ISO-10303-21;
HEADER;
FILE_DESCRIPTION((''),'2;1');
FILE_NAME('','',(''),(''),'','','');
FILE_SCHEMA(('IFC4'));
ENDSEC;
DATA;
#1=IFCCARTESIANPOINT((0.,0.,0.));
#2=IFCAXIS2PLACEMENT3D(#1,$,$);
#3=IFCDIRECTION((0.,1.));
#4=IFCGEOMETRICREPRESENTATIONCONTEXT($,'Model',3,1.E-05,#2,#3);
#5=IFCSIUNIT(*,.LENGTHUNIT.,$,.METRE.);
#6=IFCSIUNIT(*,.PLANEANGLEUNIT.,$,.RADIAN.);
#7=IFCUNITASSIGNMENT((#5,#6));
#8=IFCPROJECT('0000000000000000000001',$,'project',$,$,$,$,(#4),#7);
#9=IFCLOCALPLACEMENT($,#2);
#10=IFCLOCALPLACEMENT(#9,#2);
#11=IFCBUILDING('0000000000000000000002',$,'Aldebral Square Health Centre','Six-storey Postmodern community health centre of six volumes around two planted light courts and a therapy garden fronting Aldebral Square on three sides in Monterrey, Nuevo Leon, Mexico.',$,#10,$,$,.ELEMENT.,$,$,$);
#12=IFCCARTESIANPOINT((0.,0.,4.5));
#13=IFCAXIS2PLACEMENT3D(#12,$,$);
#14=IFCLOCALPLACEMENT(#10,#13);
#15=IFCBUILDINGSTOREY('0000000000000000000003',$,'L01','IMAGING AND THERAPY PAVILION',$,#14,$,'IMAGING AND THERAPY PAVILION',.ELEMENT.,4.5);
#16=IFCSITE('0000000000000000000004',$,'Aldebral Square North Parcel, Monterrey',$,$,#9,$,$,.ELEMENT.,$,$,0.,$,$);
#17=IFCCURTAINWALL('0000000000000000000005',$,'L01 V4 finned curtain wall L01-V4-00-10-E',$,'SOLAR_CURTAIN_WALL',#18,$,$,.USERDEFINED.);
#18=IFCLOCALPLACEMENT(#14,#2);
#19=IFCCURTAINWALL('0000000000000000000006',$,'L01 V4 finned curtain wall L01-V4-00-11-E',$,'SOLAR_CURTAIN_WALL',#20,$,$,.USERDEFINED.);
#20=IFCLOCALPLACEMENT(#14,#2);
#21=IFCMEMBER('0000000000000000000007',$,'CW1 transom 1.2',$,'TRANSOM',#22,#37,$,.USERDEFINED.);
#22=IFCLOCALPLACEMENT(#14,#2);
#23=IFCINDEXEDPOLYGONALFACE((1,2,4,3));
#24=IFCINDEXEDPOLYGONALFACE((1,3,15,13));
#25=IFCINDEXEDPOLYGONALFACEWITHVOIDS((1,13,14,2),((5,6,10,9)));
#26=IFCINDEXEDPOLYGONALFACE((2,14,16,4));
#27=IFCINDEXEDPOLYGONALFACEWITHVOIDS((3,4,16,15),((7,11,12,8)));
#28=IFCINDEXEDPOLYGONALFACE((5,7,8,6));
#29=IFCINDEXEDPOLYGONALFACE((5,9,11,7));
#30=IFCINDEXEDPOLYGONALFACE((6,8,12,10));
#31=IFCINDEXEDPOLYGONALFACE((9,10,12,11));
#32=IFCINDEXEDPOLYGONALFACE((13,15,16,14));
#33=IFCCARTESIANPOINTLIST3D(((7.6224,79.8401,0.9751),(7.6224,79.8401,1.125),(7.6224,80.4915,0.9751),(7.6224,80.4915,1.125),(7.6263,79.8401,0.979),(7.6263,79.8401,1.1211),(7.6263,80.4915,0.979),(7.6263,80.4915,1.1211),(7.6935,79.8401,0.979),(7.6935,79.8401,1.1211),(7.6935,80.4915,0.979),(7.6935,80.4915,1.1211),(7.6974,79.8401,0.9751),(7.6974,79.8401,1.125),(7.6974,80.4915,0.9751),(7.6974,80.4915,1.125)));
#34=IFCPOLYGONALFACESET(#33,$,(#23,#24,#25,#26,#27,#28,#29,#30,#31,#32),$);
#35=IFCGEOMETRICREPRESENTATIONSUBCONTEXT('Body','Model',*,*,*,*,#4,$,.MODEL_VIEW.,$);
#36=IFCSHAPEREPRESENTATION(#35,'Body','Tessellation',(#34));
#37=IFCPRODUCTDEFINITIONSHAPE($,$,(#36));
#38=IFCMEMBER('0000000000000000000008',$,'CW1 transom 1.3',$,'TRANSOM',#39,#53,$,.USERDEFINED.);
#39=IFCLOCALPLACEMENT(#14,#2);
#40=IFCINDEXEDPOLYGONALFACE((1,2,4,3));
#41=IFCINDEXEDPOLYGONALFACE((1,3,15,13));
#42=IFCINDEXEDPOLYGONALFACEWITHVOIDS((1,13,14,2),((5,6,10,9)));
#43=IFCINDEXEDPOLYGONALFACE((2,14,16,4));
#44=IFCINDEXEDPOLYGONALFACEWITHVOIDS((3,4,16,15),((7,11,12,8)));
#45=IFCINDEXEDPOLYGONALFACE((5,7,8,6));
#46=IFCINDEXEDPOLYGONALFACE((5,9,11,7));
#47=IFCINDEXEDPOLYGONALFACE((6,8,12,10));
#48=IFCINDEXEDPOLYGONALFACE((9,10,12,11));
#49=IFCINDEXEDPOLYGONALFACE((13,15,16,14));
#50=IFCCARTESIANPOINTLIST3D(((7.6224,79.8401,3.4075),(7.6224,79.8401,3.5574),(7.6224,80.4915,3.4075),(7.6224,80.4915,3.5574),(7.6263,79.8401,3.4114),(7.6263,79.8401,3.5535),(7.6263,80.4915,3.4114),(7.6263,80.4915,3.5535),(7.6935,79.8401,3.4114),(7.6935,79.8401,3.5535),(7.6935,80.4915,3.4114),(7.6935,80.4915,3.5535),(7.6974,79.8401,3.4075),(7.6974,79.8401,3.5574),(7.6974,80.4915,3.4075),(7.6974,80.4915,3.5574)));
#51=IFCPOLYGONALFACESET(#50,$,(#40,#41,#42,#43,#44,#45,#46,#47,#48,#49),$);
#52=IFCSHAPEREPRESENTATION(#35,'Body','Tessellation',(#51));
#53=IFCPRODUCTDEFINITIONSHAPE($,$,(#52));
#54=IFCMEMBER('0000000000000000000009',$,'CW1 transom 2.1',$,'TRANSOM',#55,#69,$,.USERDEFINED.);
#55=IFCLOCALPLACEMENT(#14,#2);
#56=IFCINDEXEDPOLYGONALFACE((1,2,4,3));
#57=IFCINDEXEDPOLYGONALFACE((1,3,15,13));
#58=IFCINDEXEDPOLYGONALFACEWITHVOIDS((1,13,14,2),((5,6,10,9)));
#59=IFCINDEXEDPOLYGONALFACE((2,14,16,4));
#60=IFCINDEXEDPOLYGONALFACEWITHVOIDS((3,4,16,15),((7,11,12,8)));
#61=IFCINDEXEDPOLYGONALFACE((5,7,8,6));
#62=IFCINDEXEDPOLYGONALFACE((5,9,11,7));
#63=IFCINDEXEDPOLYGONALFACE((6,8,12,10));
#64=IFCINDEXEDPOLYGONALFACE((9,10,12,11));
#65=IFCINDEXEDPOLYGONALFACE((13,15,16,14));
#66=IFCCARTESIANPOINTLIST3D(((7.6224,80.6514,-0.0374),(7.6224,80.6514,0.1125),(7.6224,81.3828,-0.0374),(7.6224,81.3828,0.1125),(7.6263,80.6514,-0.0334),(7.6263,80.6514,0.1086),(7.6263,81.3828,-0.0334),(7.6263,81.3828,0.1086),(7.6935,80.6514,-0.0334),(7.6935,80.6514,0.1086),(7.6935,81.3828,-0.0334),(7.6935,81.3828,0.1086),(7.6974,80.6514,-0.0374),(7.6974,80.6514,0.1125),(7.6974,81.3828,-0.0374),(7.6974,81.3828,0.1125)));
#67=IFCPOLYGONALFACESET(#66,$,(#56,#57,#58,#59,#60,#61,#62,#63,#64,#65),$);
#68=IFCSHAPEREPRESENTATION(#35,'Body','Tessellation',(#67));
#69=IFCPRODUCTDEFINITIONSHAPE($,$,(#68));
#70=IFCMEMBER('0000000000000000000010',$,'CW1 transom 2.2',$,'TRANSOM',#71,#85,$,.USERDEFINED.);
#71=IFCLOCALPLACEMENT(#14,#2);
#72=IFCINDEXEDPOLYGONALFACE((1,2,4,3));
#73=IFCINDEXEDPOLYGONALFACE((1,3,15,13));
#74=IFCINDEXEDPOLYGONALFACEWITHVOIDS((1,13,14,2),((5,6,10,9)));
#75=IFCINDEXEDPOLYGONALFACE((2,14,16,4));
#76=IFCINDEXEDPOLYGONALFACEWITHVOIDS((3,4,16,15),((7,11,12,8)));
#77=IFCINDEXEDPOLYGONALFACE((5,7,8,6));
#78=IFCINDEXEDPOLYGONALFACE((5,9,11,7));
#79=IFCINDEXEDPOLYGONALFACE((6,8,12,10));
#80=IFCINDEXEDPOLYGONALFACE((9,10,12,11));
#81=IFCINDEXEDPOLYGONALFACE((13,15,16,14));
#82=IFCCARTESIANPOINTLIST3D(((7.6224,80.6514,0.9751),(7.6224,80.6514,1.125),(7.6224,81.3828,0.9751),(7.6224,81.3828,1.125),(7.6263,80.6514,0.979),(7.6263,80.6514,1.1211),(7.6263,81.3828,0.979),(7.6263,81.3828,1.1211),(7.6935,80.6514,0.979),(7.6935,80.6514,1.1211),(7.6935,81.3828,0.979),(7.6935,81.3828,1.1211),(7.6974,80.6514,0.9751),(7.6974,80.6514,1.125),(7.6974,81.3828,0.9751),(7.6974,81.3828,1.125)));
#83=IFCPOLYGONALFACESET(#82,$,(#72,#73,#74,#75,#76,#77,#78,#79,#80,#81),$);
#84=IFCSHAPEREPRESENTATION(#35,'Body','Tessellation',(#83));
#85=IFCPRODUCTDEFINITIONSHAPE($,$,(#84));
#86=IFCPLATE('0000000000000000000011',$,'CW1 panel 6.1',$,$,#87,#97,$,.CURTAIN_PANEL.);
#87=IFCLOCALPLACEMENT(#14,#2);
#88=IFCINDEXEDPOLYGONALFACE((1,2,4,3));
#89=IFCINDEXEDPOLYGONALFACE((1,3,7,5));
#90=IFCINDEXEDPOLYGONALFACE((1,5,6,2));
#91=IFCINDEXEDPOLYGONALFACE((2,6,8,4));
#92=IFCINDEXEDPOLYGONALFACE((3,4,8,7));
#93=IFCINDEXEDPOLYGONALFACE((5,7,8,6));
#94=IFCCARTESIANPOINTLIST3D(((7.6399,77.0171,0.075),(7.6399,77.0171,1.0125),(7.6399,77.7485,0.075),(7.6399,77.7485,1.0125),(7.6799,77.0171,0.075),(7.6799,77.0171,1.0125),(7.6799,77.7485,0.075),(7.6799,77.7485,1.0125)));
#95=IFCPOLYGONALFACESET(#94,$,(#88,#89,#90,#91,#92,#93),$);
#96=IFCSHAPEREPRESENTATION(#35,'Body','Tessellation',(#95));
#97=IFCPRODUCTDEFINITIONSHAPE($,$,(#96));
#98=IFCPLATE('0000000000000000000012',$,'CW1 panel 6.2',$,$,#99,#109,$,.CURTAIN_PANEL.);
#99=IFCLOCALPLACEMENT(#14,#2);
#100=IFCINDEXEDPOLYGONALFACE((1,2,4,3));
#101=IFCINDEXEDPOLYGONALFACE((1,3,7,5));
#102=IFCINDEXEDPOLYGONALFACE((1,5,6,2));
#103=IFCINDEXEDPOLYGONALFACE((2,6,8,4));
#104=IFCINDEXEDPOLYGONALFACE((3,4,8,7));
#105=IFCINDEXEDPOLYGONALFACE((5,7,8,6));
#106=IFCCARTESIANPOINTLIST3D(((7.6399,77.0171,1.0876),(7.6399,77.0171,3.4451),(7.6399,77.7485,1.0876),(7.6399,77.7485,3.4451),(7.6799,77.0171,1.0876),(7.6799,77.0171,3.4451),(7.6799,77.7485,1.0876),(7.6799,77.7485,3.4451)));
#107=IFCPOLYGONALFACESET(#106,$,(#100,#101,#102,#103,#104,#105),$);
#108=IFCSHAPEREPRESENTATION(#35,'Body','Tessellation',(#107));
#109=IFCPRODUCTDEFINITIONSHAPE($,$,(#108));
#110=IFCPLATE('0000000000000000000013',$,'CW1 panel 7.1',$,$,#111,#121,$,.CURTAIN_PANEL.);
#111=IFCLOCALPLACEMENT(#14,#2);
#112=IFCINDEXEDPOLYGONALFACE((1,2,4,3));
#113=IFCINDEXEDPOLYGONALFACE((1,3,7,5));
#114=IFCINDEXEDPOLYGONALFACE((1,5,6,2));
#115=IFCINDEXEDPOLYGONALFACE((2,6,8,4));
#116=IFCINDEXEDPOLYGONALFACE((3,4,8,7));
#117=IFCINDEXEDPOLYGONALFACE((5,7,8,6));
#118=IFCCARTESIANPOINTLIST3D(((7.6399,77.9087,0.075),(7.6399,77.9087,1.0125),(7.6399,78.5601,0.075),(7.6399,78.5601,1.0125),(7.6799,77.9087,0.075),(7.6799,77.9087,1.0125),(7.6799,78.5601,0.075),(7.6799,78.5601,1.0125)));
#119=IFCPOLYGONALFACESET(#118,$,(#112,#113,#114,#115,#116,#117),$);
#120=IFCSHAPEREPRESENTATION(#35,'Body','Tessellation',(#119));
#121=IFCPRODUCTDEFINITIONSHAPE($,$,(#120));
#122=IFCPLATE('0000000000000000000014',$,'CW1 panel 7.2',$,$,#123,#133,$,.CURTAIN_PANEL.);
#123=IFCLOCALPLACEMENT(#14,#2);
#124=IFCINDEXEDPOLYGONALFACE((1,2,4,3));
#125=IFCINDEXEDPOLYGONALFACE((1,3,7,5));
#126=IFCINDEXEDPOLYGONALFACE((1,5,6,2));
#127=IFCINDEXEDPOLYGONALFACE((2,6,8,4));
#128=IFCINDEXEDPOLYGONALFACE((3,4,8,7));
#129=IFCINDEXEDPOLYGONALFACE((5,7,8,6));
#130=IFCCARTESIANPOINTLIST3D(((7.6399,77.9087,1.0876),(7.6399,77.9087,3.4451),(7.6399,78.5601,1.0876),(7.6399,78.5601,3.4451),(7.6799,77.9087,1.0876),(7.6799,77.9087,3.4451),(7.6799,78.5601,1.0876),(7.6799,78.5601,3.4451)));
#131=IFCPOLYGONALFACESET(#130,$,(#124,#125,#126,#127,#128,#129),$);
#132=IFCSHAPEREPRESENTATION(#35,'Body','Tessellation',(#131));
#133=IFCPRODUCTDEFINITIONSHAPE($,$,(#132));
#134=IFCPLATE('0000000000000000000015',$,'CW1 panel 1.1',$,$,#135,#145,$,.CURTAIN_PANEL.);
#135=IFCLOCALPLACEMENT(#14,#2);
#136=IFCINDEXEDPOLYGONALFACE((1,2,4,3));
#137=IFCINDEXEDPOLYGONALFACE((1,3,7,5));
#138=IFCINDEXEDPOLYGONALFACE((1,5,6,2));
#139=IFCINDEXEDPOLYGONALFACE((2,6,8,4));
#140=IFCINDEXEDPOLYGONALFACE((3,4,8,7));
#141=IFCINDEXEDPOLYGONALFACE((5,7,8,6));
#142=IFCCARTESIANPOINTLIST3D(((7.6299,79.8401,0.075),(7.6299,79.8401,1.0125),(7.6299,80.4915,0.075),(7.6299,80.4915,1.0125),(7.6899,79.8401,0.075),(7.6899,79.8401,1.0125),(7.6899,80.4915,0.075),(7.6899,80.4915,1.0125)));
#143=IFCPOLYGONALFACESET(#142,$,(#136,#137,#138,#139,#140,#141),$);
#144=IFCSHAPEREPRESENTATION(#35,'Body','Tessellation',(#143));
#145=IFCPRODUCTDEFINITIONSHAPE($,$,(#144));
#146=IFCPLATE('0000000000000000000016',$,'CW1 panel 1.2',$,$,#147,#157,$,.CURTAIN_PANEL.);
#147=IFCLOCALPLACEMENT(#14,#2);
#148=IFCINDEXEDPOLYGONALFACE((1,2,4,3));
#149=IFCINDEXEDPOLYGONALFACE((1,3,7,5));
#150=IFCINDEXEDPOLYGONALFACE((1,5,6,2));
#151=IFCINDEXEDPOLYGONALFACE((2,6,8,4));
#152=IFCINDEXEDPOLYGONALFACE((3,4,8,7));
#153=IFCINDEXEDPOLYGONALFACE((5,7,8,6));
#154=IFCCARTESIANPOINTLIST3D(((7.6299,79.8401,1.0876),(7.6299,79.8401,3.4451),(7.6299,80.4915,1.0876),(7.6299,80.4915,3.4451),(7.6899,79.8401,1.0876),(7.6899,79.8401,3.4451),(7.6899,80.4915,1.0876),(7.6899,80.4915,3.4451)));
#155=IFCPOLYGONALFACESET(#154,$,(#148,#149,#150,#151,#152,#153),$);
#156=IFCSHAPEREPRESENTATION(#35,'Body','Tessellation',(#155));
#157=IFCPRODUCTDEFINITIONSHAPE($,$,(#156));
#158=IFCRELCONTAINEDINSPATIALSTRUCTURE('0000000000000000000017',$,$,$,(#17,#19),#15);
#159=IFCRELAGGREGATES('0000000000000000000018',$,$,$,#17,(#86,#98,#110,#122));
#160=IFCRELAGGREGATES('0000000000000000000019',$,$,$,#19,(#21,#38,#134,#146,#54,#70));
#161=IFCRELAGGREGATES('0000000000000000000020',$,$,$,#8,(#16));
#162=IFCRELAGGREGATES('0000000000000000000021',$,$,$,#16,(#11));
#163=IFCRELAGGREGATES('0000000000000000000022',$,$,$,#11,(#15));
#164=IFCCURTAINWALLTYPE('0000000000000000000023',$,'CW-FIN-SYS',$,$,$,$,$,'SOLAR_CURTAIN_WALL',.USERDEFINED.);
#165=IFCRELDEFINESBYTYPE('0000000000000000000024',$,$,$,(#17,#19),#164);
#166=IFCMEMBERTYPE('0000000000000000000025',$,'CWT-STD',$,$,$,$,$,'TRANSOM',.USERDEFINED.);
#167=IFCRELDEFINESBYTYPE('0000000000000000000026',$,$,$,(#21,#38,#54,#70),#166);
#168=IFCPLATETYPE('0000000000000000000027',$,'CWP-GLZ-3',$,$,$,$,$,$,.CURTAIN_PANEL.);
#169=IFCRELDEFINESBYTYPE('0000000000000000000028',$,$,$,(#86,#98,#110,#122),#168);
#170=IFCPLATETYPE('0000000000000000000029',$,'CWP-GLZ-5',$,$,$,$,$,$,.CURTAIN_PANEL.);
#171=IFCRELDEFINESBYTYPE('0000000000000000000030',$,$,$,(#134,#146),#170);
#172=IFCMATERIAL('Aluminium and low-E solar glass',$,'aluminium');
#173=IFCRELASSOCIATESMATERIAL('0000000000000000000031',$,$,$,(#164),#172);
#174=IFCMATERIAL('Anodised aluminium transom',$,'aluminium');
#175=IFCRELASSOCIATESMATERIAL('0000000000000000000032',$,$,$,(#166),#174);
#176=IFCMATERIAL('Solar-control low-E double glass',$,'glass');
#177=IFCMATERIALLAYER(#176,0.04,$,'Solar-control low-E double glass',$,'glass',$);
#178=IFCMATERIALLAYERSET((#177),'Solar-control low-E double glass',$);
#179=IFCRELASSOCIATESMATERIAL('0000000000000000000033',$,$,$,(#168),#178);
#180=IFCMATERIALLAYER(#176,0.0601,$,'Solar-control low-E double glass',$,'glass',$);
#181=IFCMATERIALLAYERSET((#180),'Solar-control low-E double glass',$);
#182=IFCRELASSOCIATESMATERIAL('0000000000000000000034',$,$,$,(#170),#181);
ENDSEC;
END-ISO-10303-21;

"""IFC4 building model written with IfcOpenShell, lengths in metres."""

from ifc_helpers import new_model, si_unit, direction, frame, origin, origin_2d, place, context, subcontext, project, spatial, rectangle, hollow_rectangle, extrude, material, layer, layer_set, material_profile, profile_set, type_object, element, aggregate, save


model = new_model("IFC4")

# Units and contexts
model_context = context("Model", 3, precision=1e-05, world=origin(), true_north=direction((0.0, 1.0)))
body_context = subcontext(model_context, "Body", "Model", "MODEL_VIEW")
ifc_project = project(units=[si_unit("LENGTHUNIT", "METRE"), si_unit("PLANEANGLEUNIT", "RADIAN")], contexts=[model_context])

# Site, building, storey
site_placement = place(None, origin())
site = spatial("IfcSite", under=ifc_project, at=site_placement, Name="Aldebral Square North Parcel, Monterrey", CompositionType="ELEMENT", RefElevation=0.0)
building_placement = place(site_placement, origin())
building = spatial("IfcBuilding", under=site, at=building_placement, Name="Aldebral Square Health Centre", Description="Six-storey Postmodern community health centre of six volumes around two planted light courts and a therapy garden fronting Aldebral Square on three sides in Monterrey, Nuevo Leon, Mexico.", CompositionType="ELEMENT")
storey_placement = place(building_placement, frame((0.0, 0.0, 4.5)))
storey = spatial("IfcBuildingStorey", under=building, at=storey_placement, Name="L01", Description="IMAGING AND THERAPY PAVILION", LongName="IMAGING AND THERAPY PAVILION", CompositionType="ELEMENT", Elevation=4.5)

# Curtain walls
ifc_material_1 = material(Name="Aluminium and low-E solar glass", Category="aluminium")
curtain_wall_type = type_object("IfcCurtainWallType", Name="CW-FIN-SYS", ElementType="SOLAR_CURTAIN_WALL", PredefinedType="USERDEFINED", material=ifc_material_1)
curtain_wall_1_placement = place(storey_placement, origin())
curtain_wall_1 = element("IfcCurtainWall", 1, at=curtain_wall_1_placement, inside=storey, type_object=curtain_wall_type, Name="L01 V4 finned curtain wall L01-V4-00-10-E", ObjectType="SOLAR_CURTAIN_WALL", PredefinedType="USERDEFINED")
curtain_wall_2_placement = place(storey_placement, origin())
curtain_wall_2 = element("IfcCurtainWall", 2, at=curtain_wall_2_placement, inside=storey, type_object=curtain_wall_type, Name="L01 V4 finned curtain wall L01-V4-00-11-E", ObjectType="SOLAR_CURTAIN_WALL", PredefinedType="USERDEFINED")

# Members
ifc_material_2 = material(Name="Anodised aluminium transom", Category="aluminium")
ifc_material_profile_1 = material_profile(ifc_material_2, hollow_rectangle(XDim=0.075, YDim=0.1499, WallThickness=0.0039, at=origin_2d()), Name="CWT 75x150x4")
ifc_profile_set_1 = profile_set([ifc_material_profile_1], Name="Anodised aluminium transom")
member_type_1 = type_object("IfcMemberType", Name="CWT-STD", ElementType="TRANSOM", PredefinedType="USERDEFINED", material=ifc_profile_set_1)
member_1_placement = place(storey_placement, frame((7.6599, 79.8401, 1.05), z_axis=(0.0, 1.0, 0.0), x_axis=(-1.0, 0.0, 0.0)))
member_1 = element("IfcMember", 3, at=member_1_placement, type_object=member_type_1, Name="CW1 transom 1.2", ObjectType="TRANSOM", PredefinedType="USERDEFINED", context=body_context, shape_type="SweptSolid", body=[
    extrude(hollow_rectangle(XDim=0.075, YDim=0.1499, WallThickness=0.0039, at=origin_2d()), origin(), (0.0, 0.0, 1.0), 0.6514),
])
member_2_placement = place(storey_placement, frame((7.6599, 79.8401, 3.4824), z_axis=(0.0, 1.0, 0.0), x_axis=(-1.0, 0.0, 0.0)))
member_2 = element("IfcMember", 4, at=member_2_placement, type_object=member_type_1, Name="CW1 transom 1.3", ObjectType="TRANSOM", PredefinedType="USERDEFINED", context=body_context, shape_type="SweptSolid", body=[
    extrude(hollow_rectangle(XDim=0.075, YDim=0.1499, WallThickness=0.0039, at=origin_2d()), origin(), (0.0, 0.0, 1.0), 0.6514),
])
member_3_placement = place(storey_placement, frame((7.6599, 80.6514, 0.0376), z_axis=(0.0, 1.0, 0.0), x_axis=(-1.0, 0.0, 0.0)))
member_3 = element("IfcMember", 5, at=member_3_placement, type_object=member_type_1, Name="CW1 transom 2.1", ObjectType="TRANSOM", PredefinedType="USERDEFINED", context=body_context, shape_type="SweptSolid", body=[
    extrude(hollow_rectangle(XDim=0.075, YDim=0.1499, WallThickness=0.0039, at=origin_2d()), origin(), (0.0, 0.0, 1.0), 0.7314),
])
member_4_placement = place(storey_placement, frame((7.6599, 80.6514, 1.05), z_axis=(0.0, 1.0, 0.0), x_axis=(-1.0, 0.0, 0.0)))
member_4 = element("IfcMember", 6, at=member_4_placement, type_object=member_type_1, Name="CW1 transom 2.2", ObjectType="TRANSOM", PredefinedType="USERDEFINED", context=body_context, shape_type="SweptSolid", body=[
    extrude(hollow_rectangle(XDim=0.075, YDim=0.1499, WallThickness=0.0039, at=origin_2d()), origin(), (0.0, 0.0, 1.0), 0.7314),
])

# Plates
ifc_material_3 = material(Name="Solar-control low-E double glass", Category="glass")
ifc_layer_1 = layer(ifc_material_3, 0.04, Name="Solar-control low-E double glass", Category="glass")
ifc_layer_set_1 = layer_set([ifc_layer_1], Name="Solar-control low-E double glass")
plate_type_1 = type_object("IfcPlateType", Name="CWP-GLZ-3", PredefinedType="CURTAIN_PANEL", material=ifc_layer_set_1)
plate_1_placement = place(storey_placement, frame((7.6599, 77.3828, 0.075), z_axis=(0.0, 0.0, 1.0), x_axis=(0.0, 1.0, 0.0)))
plate_1 = element("IfcPlate", 7, at=plate_1_placement, type_object=plate_type_1, Name="CW1 panel 6.1", PredefinedType="CURTAIN_PANEL", context=body_context, shape_type="SweptSolid", body=[
    extrude(rectangle(XDim=0.7314, YDim=0.04, at=origin_2d()), origin(), (0.0, 0.0, 1.0), 0.9375),
])
plate_2_placement = place(storey_placement, frame((7.6599, 77.3828, 1.0876), z_axis=(0.0, 0.0, 1.0), x_axis=(0.0, 1.0, 0.0)))
plate_2 = element("IfcPlate", 8, at=plate_2_placement, type_object=plate_type_1, Name="CW1 panel 6.2", PredefinedType="CURTAIN_PANEL", context=body_context, shape_type="SweptSolid", body=[
    extrude(rectangle(XDim=0.7314, YDim=0.04, at=origin_2d()), origin(), (0.0, 0.0, 1.0), 2.3574),
])
plate_3_placement = place(storey_placement, frame((7.6599, 78.2344, 0.075), z_axis=(0.0, 0.0, 1.0), x_axis=(0.0, 1.0, 0.0)))
plate_3 = element("IfcPlate", 9, at=plate_3_placement, type_object=plate_type_1, Name="CW1 panel 7.1", PredefinedType="CURTAIN_PANEL", context=body_context, shape_type="SweptSolid", body=[
    extrude(rectangle(XDim=0.6514, YDim=0.04, at=origin_2d()), origin(), (0.0, 0.0, 1.0), 0.9375),
])
plate_4_placement = place(storey_placement, frame((7.6599, 78.2344, 1.0876), z_axis=(0.0, 0.0, 1.0), x_axis=(0.0, 1.0, 0.0)))
plate_4 = element("IfcPlate", 10, at=plate_4_placement, type_object=plate_type_1, Name="CW1 panel 7.2", PredefinedType="CURTAIN_PANEL", context=body_context, shape_type="SweptSolid", body=[
    extrude(rectangle(XDim=0.6514, YDim=0.04, at=origin_2d()), origin(), (0.0, 0.0, 1.0), 2.3574),
])
aggregate(curtain_wall_1, [plate_1, plate_2, plate_3, plate_4])
ifc_layer_2 = layer(ifc_material_3, 0.0601, Name="Solar-control low-E double glass", Category="glass")
ifc_layer_set_2 = layer_set([ifc_layer_2], Name="Solar-control low-E double glass")
plate_type_2 = type_object("IfcPlateType", Name="CWP-GLZ-5", PredefinedType="CURTAIN_PANEL", material=ifc_layer_set_2)
plate_5_placement = place(storey_placement, frame((7.6599, 80.1658, 0.075), z_axis=(0.0, 0.0, 1.0), x_axis=(0.0, 1.0, 0.0)))
plate_5 = element("IfcPlate", 11, at=plate_5_placement, type_object=plate_type_2, Name="CW1 panel 1.1", PredefinedType="CURTAIN_PANEL", context=body_context, shape_type="SweptSolid", body=[
    extrude(rectangle(XDim=0.6514, YDim=0.0601, at=origin_2d()), origin(), (0.0, 0.0, 1.0), 0.9375),
])
plate_6_placement = place(storey_placement, frame((7.6599, 80.1658, 1.0876), z_axis=(0.0, 0.0, 1.0), x_axis=(0.0, 1.0, 0.0)))
plate_6 = element("IfcPlate", 12, at=plate_6_placement, type_object=plate_type_2, Name="CW1 panel 1.2", PredefinedType="CURTAIN_PANEL", context=body_context, shape_type="SweptSolid", body=[
    extrude(rectangle(XDim=0.6514, YDim=0.0601, at=origin_2d()), origin(), (0.0, 0.0, 1.0), 2.3574),
])
aggregate(curtain_wall_2, [member_1, member_2, plate_5, plate_6, member_3, member_4])

save(model, "model.ifc")
